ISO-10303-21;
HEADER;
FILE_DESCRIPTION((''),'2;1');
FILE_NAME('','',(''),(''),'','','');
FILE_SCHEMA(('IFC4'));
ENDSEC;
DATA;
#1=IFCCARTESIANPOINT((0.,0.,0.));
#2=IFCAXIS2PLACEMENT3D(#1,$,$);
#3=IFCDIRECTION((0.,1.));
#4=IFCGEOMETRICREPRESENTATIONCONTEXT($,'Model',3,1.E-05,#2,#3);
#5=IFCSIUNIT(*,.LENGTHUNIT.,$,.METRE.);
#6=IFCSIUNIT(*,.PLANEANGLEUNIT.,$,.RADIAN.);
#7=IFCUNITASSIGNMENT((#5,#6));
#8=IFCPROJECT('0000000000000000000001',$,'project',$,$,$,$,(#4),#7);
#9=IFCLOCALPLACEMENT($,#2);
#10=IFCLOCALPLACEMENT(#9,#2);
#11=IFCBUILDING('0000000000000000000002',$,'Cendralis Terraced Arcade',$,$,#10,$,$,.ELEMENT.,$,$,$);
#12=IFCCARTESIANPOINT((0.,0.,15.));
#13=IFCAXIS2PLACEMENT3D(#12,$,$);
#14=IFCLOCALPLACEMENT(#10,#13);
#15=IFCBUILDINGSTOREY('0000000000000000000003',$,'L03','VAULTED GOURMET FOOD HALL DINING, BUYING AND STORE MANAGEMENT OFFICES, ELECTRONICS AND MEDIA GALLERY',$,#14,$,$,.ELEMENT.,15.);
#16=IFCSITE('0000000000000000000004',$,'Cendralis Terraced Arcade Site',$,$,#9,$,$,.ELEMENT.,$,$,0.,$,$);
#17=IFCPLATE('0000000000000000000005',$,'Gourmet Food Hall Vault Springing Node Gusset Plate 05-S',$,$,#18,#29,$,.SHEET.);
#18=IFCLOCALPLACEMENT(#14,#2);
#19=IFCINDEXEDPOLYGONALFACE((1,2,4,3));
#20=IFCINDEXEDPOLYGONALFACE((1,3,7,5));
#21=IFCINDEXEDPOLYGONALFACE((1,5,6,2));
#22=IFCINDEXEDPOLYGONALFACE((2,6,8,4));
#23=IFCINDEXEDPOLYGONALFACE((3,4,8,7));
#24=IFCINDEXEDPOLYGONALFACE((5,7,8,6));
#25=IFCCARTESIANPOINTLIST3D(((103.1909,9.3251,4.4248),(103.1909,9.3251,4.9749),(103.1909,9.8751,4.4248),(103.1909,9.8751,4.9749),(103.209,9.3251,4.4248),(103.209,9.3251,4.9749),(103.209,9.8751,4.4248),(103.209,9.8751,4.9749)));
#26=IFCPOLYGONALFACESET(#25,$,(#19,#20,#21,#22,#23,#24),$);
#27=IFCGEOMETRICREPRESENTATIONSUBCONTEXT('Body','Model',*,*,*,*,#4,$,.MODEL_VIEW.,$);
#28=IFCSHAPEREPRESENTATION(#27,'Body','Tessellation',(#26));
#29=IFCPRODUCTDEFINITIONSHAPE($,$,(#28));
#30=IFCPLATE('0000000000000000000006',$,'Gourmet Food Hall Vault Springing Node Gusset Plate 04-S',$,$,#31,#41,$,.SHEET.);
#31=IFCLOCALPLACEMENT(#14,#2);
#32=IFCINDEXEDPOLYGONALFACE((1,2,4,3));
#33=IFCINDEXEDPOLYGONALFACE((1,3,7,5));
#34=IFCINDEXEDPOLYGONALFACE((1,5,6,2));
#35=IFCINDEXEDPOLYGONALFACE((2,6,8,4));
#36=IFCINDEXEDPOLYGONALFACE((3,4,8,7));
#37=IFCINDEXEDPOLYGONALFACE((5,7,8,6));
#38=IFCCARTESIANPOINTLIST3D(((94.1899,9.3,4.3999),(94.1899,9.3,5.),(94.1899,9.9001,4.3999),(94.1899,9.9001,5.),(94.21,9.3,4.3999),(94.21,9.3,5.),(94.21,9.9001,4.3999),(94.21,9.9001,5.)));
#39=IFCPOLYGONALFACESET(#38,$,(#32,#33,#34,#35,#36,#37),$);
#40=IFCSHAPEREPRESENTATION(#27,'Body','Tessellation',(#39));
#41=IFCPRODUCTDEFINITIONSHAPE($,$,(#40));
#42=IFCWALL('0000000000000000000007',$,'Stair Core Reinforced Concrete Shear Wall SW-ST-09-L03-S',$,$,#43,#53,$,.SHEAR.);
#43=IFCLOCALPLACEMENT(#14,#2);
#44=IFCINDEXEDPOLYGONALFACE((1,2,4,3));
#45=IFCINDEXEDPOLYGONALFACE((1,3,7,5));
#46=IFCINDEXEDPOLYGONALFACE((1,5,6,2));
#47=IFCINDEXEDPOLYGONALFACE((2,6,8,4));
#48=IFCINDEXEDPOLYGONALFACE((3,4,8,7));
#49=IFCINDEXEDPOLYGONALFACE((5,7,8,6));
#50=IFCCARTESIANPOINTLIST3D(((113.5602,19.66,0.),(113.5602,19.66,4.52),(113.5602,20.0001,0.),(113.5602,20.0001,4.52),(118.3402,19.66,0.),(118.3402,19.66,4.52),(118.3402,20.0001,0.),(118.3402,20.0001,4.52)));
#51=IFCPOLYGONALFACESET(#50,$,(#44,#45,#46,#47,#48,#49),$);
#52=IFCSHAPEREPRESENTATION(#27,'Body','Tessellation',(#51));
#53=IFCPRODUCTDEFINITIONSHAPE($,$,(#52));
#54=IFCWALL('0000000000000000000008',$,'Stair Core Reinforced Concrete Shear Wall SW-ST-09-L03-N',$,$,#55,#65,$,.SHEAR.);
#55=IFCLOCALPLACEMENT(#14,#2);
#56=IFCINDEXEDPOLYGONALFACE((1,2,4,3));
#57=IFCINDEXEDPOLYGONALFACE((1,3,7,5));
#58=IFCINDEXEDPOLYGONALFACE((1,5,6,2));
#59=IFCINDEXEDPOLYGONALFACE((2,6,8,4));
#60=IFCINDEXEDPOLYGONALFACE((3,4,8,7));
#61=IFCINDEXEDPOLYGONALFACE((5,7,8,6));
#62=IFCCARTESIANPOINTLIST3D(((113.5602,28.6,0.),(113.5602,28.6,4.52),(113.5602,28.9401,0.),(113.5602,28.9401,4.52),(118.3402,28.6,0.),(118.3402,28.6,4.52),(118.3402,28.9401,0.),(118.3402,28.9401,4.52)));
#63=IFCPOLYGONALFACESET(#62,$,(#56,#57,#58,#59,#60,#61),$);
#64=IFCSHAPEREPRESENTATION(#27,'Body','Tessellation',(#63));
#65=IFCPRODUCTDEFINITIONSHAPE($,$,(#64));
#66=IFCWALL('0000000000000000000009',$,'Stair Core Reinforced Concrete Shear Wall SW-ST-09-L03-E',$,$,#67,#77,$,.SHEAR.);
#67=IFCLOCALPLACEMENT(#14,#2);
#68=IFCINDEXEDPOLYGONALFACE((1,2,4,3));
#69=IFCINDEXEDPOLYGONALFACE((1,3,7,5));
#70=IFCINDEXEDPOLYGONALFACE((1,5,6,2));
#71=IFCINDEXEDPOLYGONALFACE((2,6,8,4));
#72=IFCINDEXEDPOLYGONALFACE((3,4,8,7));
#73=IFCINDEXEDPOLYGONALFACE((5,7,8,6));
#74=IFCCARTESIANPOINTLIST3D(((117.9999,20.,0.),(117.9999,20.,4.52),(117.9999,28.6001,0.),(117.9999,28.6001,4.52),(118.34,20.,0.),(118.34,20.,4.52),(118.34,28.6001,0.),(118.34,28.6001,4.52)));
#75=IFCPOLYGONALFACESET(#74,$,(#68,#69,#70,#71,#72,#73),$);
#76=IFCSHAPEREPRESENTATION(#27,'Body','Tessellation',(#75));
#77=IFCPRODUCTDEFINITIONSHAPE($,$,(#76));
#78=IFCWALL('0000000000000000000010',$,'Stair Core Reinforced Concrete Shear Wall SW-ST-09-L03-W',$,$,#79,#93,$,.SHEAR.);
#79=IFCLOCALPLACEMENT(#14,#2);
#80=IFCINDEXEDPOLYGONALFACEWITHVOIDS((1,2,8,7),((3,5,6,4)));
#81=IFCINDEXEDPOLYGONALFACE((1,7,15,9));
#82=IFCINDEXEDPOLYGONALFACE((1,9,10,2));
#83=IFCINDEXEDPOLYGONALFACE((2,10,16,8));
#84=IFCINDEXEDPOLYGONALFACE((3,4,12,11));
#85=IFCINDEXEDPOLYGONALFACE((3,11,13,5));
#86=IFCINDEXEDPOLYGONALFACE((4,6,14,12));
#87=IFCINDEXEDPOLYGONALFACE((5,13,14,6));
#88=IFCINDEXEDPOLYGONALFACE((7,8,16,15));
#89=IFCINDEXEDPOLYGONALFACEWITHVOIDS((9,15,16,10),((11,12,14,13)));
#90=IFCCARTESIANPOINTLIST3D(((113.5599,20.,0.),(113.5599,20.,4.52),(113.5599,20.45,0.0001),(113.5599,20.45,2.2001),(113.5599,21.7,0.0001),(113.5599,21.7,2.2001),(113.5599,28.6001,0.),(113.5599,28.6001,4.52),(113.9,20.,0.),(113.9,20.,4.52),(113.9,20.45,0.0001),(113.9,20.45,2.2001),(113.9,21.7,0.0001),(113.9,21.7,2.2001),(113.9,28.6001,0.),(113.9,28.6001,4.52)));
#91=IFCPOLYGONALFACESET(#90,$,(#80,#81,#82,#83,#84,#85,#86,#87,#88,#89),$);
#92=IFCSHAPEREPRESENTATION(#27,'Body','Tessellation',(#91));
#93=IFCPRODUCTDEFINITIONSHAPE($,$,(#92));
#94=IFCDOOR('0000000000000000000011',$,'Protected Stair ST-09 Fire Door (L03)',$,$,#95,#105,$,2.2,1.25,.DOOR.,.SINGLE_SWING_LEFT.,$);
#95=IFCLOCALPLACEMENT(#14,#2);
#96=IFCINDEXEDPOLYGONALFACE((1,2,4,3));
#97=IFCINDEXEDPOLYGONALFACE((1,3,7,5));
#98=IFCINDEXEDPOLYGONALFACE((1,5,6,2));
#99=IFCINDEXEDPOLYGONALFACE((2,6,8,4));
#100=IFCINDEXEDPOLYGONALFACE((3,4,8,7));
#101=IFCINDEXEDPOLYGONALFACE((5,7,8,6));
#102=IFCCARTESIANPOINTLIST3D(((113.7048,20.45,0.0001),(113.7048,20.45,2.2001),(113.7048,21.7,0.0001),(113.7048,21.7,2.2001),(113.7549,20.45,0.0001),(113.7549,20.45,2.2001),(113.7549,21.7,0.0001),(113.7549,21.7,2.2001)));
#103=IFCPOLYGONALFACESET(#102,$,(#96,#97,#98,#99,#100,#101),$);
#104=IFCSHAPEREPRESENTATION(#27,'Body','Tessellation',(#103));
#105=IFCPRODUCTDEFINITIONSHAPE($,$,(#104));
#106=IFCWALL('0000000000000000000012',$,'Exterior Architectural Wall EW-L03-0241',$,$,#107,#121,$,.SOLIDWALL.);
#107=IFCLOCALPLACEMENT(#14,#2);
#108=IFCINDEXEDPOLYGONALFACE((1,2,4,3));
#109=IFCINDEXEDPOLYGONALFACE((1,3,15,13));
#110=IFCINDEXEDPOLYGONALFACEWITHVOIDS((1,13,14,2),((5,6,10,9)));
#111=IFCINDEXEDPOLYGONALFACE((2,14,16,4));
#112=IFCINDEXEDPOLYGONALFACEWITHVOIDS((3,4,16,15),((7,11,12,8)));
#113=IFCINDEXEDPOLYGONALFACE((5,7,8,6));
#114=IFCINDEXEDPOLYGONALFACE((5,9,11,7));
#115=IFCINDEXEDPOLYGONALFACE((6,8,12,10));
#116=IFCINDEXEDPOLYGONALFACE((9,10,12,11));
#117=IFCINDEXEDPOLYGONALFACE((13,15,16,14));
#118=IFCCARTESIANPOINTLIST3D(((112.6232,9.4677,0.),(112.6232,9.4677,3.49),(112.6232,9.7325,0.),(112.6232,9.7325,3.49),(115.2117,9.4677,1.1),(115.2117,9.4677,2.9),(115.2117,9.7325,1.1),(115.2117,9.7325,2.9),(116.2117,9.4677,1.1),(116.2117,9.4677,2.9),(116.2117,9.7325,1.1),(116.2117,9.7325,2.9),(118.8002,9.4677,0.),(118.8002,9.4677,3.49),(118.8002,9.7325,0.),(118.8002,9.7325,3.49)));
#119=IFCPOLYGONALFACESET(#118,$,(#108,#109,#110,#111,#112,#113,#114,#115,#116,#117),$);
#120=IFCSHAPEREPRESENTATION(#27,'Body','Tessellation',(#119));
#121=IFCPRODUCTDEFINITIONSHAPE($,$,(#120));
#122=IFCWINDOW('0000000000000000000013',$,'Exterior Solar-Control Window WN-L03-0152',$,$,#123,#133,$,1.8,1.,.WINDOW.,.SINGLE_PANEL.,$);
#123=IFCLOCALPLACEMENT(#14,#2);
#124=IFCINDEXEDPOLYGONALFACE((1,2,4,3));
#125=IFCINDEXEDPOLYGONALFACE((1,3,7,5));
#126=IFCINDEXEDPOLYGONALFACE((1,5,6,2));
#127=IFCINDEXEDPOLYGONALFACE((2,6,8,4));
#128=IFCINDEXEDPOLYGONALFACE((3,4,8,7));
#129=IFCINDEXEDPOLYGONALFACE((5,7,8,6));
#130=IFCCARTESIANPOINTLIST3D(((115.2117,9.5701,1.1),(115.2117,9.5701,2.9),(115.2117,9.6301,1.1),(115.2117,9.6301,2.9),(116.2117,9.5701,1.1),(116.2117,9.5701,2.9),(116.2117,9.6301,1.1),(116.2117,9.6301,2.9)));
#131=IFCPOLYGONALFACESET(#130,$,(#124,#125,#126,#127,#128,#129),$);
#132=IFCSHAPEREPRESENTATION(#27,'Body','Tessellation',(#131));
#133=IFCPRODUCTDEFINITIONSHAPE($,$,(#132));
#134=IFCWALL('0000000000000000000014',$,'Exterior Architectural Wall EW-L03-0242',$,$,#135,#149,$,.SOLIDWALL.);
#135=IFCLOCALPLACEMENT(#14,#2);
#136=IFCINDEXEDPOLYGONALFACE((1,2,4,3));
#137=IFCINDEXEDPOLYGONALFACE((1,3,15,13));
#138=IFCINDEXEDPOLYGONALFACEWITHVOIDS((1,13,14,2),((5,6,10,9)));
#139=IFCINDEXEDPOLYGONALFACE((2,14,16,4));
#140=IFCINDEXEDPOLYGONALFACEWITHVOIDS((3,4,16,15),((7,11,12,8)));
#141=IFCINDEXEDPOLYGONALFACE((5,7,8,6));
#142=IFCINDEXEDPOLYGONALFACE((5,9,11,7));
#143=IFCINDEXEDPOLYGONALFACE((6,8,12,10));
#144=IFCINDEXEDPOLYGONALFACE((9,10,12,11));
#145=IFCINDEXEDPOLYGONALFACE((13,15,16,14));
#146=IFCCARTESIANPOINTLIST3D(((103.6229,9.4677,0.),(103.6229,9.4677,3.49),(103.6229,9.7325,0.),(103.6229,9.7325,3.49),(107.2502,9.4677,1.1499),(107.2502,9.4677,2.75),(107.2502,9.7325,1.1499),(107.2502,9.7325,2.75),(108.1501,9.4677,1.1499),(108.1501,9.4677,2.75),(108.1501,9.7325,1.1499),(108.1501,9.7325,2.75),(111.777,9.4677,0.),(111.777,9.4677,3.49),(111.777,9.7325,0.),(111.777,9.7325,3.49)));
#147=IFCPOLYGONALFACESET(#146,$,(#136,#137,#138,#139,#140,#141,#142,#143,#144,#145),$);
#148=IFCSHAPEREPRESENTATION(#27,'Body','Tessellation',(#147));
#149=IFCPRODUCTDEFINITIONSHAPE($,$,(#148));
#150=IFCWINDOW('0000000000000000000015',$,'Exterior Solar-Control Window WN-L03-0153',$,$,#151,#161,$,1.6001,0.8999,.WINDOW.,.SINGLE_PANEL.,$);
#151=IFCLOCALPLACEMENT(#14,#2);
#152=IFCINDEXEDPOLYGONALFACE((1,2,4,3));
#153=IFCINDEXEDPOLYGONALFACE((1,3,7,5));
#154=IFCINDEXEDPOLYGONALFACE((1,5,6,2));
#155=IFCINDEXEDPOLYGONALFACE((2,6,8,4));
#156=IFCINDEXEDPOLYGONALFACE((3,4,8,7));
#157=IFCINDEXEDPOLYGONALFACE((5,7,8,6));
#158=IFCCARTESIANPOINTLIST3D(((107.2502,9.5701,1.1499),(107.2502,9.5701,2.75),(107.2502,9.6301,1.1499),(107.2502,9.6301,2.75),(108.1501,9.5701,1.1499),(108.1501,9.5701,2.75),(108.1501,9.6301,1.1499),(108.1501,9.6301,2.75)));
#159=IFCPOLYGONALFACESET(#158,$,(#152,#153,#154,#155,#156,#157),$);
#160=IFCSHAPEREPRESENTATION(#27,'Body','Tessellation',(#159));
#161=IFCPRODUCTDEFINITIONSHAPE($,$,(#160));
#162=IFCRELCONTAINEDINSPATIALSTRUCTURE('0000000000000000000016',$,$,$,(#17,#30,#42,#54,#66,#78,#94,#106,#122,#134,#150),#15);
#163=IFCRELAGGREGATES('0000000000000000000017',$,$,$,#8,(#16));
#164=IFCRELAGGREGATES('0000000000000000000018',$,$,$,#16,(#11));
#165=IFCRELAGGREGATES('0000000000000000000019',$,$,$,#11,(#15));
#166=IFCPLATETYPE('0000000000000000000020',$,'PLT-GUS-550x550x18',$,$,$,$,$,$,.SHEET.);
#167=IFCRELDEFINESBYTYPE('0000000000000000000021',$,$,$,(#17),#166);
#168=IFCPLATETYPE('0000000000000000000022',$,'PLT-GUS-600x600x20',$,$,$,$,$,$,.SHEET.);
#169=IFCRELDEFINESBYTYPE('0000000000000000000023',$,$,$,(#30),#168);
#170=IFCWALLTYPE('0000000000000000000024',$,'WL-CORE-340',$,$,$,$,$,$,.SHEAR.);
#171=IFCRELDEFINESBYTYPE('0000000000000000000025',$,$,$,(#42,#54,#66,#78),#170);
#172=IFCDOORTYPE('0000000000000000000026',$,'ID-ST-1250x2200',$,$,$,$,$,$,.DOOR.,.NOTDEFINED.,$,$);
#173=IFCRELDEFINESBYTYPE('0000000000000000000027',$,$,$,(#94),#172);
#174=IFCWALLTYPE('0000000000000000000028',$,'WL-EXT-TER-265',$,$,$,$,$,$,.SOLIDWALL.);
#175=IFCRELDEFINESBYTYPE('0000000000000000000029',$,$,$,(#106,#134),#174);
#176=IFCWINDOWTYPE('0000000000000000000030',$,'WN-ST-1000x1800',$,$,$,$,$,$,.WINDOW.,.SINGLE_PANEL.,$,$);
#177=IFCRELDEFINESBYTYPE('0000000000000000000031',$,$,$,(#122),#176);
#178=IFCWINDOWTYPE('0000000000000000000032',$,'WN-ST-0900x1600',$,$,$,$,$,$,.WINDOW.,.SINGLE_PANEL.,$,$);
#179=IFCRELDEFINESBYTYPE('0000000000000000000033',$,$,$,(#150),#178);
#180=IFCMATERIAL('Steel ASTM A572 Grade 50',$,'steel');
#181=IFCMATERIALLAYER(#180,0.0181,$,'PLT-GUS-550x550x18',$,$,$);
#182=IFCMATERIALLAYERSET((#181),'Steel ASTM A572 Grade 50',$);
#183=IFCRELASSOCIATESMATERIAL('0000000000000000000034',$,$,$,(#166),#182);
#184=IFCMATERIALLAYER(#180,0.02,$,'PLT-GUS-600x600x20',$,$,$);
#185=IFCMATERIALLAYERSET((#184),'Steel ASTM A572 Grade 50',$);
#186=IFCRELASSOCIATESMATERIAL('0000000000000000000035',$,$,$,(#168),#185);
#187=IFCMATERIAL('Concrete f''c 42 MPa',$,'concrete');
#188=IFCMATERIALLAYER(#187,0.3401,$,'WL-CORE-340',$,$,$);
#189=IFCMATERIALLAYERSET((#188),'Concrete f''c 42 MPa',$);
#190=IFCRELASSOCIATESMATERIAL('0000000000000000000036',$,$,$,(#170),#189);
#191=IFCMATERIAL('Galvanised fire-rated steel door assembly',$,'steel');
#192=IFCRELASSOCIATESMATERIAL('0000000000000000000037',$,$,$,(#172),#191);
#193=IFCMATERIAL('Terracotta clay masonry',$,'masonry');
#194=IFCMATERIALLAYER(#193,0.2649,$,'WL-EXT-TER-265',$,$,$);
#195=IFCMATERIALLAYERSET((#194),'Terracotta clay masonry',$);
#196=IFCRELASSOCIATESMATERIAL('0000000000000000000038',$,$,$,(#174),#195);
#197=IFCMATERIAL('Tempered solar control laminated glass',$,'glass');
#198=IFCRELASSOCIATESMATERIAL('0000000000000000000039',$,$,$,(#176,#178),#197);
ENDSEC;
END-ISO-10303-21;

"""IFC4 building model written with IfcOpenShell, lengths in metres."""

from ifc_helpers import new_model, si_unit, direction, frame, frame_2d, origin, origin_2d, place, context, subcontext, project, spatial, rectangle, extrude, material, layer, layer_set, type_object, element, fill, save


model = new_model("IFC4")

# Units and contexts
model_context = context("Model", 3, precision=1e-05, world=origin(), true_north=direction((0.0, 1.0)))
body_context = subcontext(model_context, "Body", "Model", "MODEL_VIEW")
ifc_project = project(units=[si_unit("LENGTHUNIT", "METRE"), si_unit("PLANEANGLEUNIT", "RADIAN")], contexts=[model_context])

# Site, building, storey
site_placement = place(None, origin())
site = spatial("IfcSite", under=ifc_project, at=site_placement, Name="Cendralis Terraced Arcade Site", CompositionType="ELEMENT", RefElevation=0.0)
building_placement = place(site_placement, origin())
building = spatial("IfcBuilding", under=site, at=building_placement, Name="Cendralis Terraced Arcade", CompositionType="ELEMENT")
storey_placement = place(building_placement, frame((0.0, 0.0, 15.0)))
storey = spatial("IfcBuildingStorey", under=building, at=storey_placement, Name="L03", Description="VAULTED GOURMET FOOD HALL DINING, BUYING AND STORE MANAGEMENT OFFICES, ELECTRONICS AND MEDIA GALLERY", CompositionType="ELEMENT", Elevation=15.0)

# Shared definitions
ifc_material_1 = material(Name="Concrete f'c 42 MPa", Category="concrete")

# Plates
ifc_material_2 = material(Name="Steel ASTM A572 Grade 50", Category="steel")
ifc_layer_1 = layer(ifc_material_2, 0.0181, Name="PLT-GUS-550x550x18")
ifc_layer_set_1 = layer_set([ifc_layer_1], Name="Steel ASTM A572 Grade 50")
plate_type_1 = type_object("IfcPlateType", Name="PLT-GUS-550x550x18", PredefinedType="SHEET", material=ifc_layer_set_1)
plate_1_placement = place(storey_placement, frame((103.2, 9.6001, 4.4248), z_axis=(0.0, 0.0, 1.0), x_axis=(0.0, 1.0, 0.0)))
element("IfcPlate", 1, at=plate_1_placement, inside=storey, type_object=plate_type_1, Name="Gourmet Food Hall Vault Springing Node Gusset Plate 05-S", PredefinedType="SHEET", context=body_context, shape_type="SweptSolid", body=[
    extrude(rectangle(XDim=0.55, YDim=0.0181, at=origin_2d()), origin(), (0.0, 0.0, 1.0), 0.55),
])
ifc_layer_2 = layer(ifc_material_2, 0.02, Name="PLT-GUS-600x600x20")
ifc_layer_set_2 = layer_set([ifc_layer_2], Name="Steel ASTM A572 Grade 50")
plate_type_2 = type_object("IfcPlateType", Name="PLT-GUS-600x600x20", PredefinedType="SHEET", material=ifc_layer_set_2)
plate_2_placement = place(storey_placement, frame((94.2, 9.6001, 4.3999), z_axis=(0.0, 0.0, 1.0), x_axis=(0.0, 1.0, 0.0)))
element("IfcPlate", 2, at=plate_2_placement, inside=storey, type_object=plate_type_2, Name="Gourmet Food Hall Vault Springing Node Gusset Plate 04-S", PredefinedType="SHEET", context=body_context, shape_type="SweptSolid", body=[
    extrude(rectangle(XDim=0.6001, YDim=0.02, at=origin_2d()), origin(), (0.0, 0.0, 1.0), 0.6001),
])

# Walls
ifc_layer_3 = layer(ifc_material_1, 0.3401, Name="WL-CORE-340")
ifc_layer_set_3 = layer_set([ifc_layer_3], Name="Concrete f'c 42 MPa")
wall_type_1 = type_object("IfcWallType", Name="WL-CORE-340", PredefinedType="SHEAR", material=ifc_layer_set_3)
for number, where, z_axis, x_axis, name in (
    (3, (113.5601, 19.8301, 0.0), (0.0, 0.0, 1.0), (1.0, 0.0, 0.0), "Stair Core Reinforced Concrete Shear Wall SW-ST-09-L03-S"),
    (4, (113.5601, 28.77, 0.0), (0.0, 0.0, 1.0), (1.0, 0.0, 0.0), "Stair Core Reinforced Concrete Shear Wall SW-ST-09-L03-N"),
):
    element("IfcWall", number, at=place(storey_placement, frame(where, z_axis=z_axis, x_axis=x_axis)), inside=storey, type_object=wall_type_1, Name=name, PredefinedType="SHEAR", context=body_context, shape_type="SweptSolid", body=[
        extrude(rectangle(XDim=4.78, YDim=0.3401, at=frame_2d((2.3901, 0.0))), origin(), (0.0, 0.0, 1.0), 4.52),
    ])
wall_1_placement = place(storey_placement, frame((118.1699, 20.0, 0.0), z_axis=(0.0, 0.0, 1.0), x_axis=(0.0, 1.0, 0.0)))
element("IfcWall", 5, at=wall_1_placement, inside=storey, type_object=wall_type_1, Name="Stair Core Reinforced Concrete Shear Wall SW-ST-09-L03-E", PredefinedType="SHEAR", context=body_context, shape_type="SweptSolid", body=[
    extrude(rectangle(XDim=8.6001, YDim=0.3401, at=frame_2d((4.3, 0.0))), origin(), (0.0, 0.0, 1.0), 4.52),
])

# Wall, opening, door
wall_2_placement = place(storey_placement, frame((113.73, 20.0, 0.0), z_axis=(0.0, 0.0, 1.0), x_axis=(0.0, 1.0, 0.0)))
wall_2 = element("IfcWall", 6, at=wall_2_placement, inside=storey, type_object=wall_type_1, Name="Stair Core Reinforced Concrete Shear Wall SW-ST-09-L03-W", PredefinedType="SHEAR", context=body_context, shape_type="SweptSolid", body=[
    extrude(rectangle(XDim=8.6001, YDim=0.3401, at=frame_2d((4.3, 0.0))), origin(), (0.0, 0.0, 1.0), 4.52),
])
opening_1_placement = place(wall_2_placement, frame((0.45, 0.0, 0.0)))
opening_1 = element("IfcOpeningElement", 7, at=opening_1_placement, cuts=wall_2, PredefinedType="OPENING", context=body_context, shape_type="SweptSolid", body=[
    extrude(rectangle(XDim=1.25, YDim=2.2, at=frame_2d((0.625, 1.1001))), frame((0.0, 0.1821, 0.0), z_axis=(0.0, -1.0, 0.0), x_axis=(1.0, 0.0, 0.0)), (0.0, 0.0, 1.0), 0.364),
])
ifc_material_3 = material(Name="Galvanised fire-rated steel door assembly", Category="steel")
door_type_1 = type_object("IfcDoorType", Name="ID-ST-1250x2200", OperationType="NOTDEFINED", PredefinedType="DOOR", material=ifc_material_3)
door_1_placement = place(opening_1_placement, frame((1.25, 0.0, 0.0), z_axis=(0.0, 0.0, 1.0), x_axis=(-1.0, 0.0, 0.0)))
door_1 = element("IfcDoor", 8, at=door_1_placement, inside=storey, type_object=door_type_1, Name="Protected Stair ST-09 Fire Door (L03)", OperationType="SINGLE_SWING_LEFT", OverallHeight=2.2, OverallWidth=1.25, PredefinedType="DOOR", context=body_context, shape_type="SweptSolid", body=[
    extrude(rectangle(XDim=1.25, YDim=2.2, at=frame_2d((0.625, 1.1001))), frame((0.0, 0.0249, 0.0), z_axis=(0.0, -1.0, 0.0), x_axis=(1.0, 0.0, 0.0)), (0.0, 0.0, 1.0), 0.05),
])
fill(opening_1, door_1)

# Walls, openings, windows
ifc_material_4 = material(Name="Terracotta clay masonry", Category="masonry")
ifc_layer_4 = layer(ifc_material_4, 0.2649, Name="WL-EXT-TER-265")
ifc_layer_set_4 = layer_set([ifc_layer_4], Name="Terracotta clay masonry")
wall_type_2 = type_object("IfcWallType", Name="WL-EXT-TER-265", PredefinedType="SOLIDWALL", material=ifc_layer_set_4)
wall_3_placement = place(storey_placement, frame((118.8, 9.6001, 0.0), z_axis=(0.0, 0.0, 1.0), x_axis=(-1.0, 0.0, 0.0)))
wall_3 = element("IfcWall", 9, at=wall_3_placement, inside=storey, type_object=wall_type_2, Name="Exterior Architectural Wall EW-L03-0241", PredefinedType="SOLIDWALL", context=body_context, shape_type="SweptSolid", body=[
    extrude(rectangle(XDim=6.177, YDim=0.2649, at=frame_2d((3.0884, 0.0))), origin(), (0.0, 0.0, 1.0), 3.49),
])
opening_2_placement = place(wall_3_placement, frame((2.5884, 0.0, 1.1001)))
opening_2 = element("IfcOpeningElement", 10, at=opening_2_placement, cuts=wall_3, PredefinedType="OPENING", context=body_context, shape_type="SweptSolid", body=[
    extrude(rectangle(XDim=1.0, YDim=1.8, at=frame_2d((0.5, 0.8999))), frame((0.0, 0.1445, 0.0), z_axis=(0.0, -1.0, 0.0), x_axis=(1.0, 0.0, 0.0)), (0.0, 0.0, 1.0), 0.2888),
])
ifc_material_5 = material(Name="Tempered solar control laminated glass", Category="glass")
window_type_1 = type_object("IfcWindowType", Name="WN-ST-1000x1800", PartitioningType="SINGLE_PANEL", PredefinedType="WINDOW", material=ifc_material_5)
window_1_placement = place(opening_2_placement, origin())
window_1 = element("IfcWindow", 11, at=window_1_placement, inside=storey, type_object=window_type_1, Name="Exterior Solar-Control Window WN-L03-0152", OverallHeight=1.8, OverallWidth=1.0, PartitioningType="SINGLE_PANEL", PredefinedType="WINDOW", context=body_context, shape_type="SweptSolid", body=[
    extrude(rectangle(XDim=1.0, YDim=1.8, at=frame_2d((0.5, 0.8999))), frame((0.0, 0.03, 0.0), z_axis=(0.0, -1.0, 0.0), x_axis=(1.0, 0.0, 0.0)), (0.0, 0.0, 1.0), 0.0601),
])
fill(opening_2, window_1)
wall_4_placement = place(storey_placement, frame((111.7771, 9.6001, 0.0), z_axis=(0.0, 0.0, 1.0), x_axis=(-1.0, 0.0, 0.0)))
wall_4 = element("IfcWall", 12, at=wall_4_placement, inside=storey, type_object=wall_type_2, Name="Exterior Architectural Wall EW-L03-0242", PredefinedType="SOLIDWALL", context=body_context, shape_type="SweptSolid", body=[
    extrude(rectangle(XDim=8.1541, YDim=0.2649, at=frame_2d((4.0771, 0.0))), origin(), (0.0, 0.0, 1.0), 3.49),
])
opening_3_placement = place(wall_4_placement, frame((3.627, 0.0, 1.1499)))
opening_3 = element("IfcOpeningElement", 13, at=opening_3_placement, cuts=wall_4, PredefinedType="OPENING", context=body_context, shape_type="SweptSolid", body=[
    extrude(rectangle(XDim=0.8999, YDim=1.6001, at=frame_2d((0.45, 0.8))), frame((0.0, 0.1445, 0.0), z_axis=(0.0, -1.0, 0.0), x_axis=(1.0, 0.0, 0.0)), (0.0, 0.0, 1.0), 0.2888),
])
window_type_2 = type_object("IfcWindowType", Name="WN-ST-0900x1600", PartitioningType="SINGLE_PANEL", PredefinedType="WINDOW", material=ifc_material_5)
window_2_placement = place(opening_3_placement, origin())
window_2 = element("IfcWindow", 14, at=window_2_placement, inside=storey, type_object=window_type_2, Name="Exterior Solar-Control Window WN-L03-0153", OverallHeight=1.6001, OverallWidth=0.8999, PartitioningType="SINGLE_PANEL", PredefinedType="WINDOW", context=body_context, shape_type="SweptSolid", body=[
    extrude(rectangle(XDim=0.8999, YDim=1.6001, at=frame_2d((0.45, 0.8))), frame((0.0, 0.03, 0.0), z_axis=(0.0, -1.0, 0.0), x_axis=(1.0, 0.0, 0.0)), (0.0, 0.0, 1.0), 0.0601),
])
fill(opening_3, window_2)

save(model, "model.ifc")
